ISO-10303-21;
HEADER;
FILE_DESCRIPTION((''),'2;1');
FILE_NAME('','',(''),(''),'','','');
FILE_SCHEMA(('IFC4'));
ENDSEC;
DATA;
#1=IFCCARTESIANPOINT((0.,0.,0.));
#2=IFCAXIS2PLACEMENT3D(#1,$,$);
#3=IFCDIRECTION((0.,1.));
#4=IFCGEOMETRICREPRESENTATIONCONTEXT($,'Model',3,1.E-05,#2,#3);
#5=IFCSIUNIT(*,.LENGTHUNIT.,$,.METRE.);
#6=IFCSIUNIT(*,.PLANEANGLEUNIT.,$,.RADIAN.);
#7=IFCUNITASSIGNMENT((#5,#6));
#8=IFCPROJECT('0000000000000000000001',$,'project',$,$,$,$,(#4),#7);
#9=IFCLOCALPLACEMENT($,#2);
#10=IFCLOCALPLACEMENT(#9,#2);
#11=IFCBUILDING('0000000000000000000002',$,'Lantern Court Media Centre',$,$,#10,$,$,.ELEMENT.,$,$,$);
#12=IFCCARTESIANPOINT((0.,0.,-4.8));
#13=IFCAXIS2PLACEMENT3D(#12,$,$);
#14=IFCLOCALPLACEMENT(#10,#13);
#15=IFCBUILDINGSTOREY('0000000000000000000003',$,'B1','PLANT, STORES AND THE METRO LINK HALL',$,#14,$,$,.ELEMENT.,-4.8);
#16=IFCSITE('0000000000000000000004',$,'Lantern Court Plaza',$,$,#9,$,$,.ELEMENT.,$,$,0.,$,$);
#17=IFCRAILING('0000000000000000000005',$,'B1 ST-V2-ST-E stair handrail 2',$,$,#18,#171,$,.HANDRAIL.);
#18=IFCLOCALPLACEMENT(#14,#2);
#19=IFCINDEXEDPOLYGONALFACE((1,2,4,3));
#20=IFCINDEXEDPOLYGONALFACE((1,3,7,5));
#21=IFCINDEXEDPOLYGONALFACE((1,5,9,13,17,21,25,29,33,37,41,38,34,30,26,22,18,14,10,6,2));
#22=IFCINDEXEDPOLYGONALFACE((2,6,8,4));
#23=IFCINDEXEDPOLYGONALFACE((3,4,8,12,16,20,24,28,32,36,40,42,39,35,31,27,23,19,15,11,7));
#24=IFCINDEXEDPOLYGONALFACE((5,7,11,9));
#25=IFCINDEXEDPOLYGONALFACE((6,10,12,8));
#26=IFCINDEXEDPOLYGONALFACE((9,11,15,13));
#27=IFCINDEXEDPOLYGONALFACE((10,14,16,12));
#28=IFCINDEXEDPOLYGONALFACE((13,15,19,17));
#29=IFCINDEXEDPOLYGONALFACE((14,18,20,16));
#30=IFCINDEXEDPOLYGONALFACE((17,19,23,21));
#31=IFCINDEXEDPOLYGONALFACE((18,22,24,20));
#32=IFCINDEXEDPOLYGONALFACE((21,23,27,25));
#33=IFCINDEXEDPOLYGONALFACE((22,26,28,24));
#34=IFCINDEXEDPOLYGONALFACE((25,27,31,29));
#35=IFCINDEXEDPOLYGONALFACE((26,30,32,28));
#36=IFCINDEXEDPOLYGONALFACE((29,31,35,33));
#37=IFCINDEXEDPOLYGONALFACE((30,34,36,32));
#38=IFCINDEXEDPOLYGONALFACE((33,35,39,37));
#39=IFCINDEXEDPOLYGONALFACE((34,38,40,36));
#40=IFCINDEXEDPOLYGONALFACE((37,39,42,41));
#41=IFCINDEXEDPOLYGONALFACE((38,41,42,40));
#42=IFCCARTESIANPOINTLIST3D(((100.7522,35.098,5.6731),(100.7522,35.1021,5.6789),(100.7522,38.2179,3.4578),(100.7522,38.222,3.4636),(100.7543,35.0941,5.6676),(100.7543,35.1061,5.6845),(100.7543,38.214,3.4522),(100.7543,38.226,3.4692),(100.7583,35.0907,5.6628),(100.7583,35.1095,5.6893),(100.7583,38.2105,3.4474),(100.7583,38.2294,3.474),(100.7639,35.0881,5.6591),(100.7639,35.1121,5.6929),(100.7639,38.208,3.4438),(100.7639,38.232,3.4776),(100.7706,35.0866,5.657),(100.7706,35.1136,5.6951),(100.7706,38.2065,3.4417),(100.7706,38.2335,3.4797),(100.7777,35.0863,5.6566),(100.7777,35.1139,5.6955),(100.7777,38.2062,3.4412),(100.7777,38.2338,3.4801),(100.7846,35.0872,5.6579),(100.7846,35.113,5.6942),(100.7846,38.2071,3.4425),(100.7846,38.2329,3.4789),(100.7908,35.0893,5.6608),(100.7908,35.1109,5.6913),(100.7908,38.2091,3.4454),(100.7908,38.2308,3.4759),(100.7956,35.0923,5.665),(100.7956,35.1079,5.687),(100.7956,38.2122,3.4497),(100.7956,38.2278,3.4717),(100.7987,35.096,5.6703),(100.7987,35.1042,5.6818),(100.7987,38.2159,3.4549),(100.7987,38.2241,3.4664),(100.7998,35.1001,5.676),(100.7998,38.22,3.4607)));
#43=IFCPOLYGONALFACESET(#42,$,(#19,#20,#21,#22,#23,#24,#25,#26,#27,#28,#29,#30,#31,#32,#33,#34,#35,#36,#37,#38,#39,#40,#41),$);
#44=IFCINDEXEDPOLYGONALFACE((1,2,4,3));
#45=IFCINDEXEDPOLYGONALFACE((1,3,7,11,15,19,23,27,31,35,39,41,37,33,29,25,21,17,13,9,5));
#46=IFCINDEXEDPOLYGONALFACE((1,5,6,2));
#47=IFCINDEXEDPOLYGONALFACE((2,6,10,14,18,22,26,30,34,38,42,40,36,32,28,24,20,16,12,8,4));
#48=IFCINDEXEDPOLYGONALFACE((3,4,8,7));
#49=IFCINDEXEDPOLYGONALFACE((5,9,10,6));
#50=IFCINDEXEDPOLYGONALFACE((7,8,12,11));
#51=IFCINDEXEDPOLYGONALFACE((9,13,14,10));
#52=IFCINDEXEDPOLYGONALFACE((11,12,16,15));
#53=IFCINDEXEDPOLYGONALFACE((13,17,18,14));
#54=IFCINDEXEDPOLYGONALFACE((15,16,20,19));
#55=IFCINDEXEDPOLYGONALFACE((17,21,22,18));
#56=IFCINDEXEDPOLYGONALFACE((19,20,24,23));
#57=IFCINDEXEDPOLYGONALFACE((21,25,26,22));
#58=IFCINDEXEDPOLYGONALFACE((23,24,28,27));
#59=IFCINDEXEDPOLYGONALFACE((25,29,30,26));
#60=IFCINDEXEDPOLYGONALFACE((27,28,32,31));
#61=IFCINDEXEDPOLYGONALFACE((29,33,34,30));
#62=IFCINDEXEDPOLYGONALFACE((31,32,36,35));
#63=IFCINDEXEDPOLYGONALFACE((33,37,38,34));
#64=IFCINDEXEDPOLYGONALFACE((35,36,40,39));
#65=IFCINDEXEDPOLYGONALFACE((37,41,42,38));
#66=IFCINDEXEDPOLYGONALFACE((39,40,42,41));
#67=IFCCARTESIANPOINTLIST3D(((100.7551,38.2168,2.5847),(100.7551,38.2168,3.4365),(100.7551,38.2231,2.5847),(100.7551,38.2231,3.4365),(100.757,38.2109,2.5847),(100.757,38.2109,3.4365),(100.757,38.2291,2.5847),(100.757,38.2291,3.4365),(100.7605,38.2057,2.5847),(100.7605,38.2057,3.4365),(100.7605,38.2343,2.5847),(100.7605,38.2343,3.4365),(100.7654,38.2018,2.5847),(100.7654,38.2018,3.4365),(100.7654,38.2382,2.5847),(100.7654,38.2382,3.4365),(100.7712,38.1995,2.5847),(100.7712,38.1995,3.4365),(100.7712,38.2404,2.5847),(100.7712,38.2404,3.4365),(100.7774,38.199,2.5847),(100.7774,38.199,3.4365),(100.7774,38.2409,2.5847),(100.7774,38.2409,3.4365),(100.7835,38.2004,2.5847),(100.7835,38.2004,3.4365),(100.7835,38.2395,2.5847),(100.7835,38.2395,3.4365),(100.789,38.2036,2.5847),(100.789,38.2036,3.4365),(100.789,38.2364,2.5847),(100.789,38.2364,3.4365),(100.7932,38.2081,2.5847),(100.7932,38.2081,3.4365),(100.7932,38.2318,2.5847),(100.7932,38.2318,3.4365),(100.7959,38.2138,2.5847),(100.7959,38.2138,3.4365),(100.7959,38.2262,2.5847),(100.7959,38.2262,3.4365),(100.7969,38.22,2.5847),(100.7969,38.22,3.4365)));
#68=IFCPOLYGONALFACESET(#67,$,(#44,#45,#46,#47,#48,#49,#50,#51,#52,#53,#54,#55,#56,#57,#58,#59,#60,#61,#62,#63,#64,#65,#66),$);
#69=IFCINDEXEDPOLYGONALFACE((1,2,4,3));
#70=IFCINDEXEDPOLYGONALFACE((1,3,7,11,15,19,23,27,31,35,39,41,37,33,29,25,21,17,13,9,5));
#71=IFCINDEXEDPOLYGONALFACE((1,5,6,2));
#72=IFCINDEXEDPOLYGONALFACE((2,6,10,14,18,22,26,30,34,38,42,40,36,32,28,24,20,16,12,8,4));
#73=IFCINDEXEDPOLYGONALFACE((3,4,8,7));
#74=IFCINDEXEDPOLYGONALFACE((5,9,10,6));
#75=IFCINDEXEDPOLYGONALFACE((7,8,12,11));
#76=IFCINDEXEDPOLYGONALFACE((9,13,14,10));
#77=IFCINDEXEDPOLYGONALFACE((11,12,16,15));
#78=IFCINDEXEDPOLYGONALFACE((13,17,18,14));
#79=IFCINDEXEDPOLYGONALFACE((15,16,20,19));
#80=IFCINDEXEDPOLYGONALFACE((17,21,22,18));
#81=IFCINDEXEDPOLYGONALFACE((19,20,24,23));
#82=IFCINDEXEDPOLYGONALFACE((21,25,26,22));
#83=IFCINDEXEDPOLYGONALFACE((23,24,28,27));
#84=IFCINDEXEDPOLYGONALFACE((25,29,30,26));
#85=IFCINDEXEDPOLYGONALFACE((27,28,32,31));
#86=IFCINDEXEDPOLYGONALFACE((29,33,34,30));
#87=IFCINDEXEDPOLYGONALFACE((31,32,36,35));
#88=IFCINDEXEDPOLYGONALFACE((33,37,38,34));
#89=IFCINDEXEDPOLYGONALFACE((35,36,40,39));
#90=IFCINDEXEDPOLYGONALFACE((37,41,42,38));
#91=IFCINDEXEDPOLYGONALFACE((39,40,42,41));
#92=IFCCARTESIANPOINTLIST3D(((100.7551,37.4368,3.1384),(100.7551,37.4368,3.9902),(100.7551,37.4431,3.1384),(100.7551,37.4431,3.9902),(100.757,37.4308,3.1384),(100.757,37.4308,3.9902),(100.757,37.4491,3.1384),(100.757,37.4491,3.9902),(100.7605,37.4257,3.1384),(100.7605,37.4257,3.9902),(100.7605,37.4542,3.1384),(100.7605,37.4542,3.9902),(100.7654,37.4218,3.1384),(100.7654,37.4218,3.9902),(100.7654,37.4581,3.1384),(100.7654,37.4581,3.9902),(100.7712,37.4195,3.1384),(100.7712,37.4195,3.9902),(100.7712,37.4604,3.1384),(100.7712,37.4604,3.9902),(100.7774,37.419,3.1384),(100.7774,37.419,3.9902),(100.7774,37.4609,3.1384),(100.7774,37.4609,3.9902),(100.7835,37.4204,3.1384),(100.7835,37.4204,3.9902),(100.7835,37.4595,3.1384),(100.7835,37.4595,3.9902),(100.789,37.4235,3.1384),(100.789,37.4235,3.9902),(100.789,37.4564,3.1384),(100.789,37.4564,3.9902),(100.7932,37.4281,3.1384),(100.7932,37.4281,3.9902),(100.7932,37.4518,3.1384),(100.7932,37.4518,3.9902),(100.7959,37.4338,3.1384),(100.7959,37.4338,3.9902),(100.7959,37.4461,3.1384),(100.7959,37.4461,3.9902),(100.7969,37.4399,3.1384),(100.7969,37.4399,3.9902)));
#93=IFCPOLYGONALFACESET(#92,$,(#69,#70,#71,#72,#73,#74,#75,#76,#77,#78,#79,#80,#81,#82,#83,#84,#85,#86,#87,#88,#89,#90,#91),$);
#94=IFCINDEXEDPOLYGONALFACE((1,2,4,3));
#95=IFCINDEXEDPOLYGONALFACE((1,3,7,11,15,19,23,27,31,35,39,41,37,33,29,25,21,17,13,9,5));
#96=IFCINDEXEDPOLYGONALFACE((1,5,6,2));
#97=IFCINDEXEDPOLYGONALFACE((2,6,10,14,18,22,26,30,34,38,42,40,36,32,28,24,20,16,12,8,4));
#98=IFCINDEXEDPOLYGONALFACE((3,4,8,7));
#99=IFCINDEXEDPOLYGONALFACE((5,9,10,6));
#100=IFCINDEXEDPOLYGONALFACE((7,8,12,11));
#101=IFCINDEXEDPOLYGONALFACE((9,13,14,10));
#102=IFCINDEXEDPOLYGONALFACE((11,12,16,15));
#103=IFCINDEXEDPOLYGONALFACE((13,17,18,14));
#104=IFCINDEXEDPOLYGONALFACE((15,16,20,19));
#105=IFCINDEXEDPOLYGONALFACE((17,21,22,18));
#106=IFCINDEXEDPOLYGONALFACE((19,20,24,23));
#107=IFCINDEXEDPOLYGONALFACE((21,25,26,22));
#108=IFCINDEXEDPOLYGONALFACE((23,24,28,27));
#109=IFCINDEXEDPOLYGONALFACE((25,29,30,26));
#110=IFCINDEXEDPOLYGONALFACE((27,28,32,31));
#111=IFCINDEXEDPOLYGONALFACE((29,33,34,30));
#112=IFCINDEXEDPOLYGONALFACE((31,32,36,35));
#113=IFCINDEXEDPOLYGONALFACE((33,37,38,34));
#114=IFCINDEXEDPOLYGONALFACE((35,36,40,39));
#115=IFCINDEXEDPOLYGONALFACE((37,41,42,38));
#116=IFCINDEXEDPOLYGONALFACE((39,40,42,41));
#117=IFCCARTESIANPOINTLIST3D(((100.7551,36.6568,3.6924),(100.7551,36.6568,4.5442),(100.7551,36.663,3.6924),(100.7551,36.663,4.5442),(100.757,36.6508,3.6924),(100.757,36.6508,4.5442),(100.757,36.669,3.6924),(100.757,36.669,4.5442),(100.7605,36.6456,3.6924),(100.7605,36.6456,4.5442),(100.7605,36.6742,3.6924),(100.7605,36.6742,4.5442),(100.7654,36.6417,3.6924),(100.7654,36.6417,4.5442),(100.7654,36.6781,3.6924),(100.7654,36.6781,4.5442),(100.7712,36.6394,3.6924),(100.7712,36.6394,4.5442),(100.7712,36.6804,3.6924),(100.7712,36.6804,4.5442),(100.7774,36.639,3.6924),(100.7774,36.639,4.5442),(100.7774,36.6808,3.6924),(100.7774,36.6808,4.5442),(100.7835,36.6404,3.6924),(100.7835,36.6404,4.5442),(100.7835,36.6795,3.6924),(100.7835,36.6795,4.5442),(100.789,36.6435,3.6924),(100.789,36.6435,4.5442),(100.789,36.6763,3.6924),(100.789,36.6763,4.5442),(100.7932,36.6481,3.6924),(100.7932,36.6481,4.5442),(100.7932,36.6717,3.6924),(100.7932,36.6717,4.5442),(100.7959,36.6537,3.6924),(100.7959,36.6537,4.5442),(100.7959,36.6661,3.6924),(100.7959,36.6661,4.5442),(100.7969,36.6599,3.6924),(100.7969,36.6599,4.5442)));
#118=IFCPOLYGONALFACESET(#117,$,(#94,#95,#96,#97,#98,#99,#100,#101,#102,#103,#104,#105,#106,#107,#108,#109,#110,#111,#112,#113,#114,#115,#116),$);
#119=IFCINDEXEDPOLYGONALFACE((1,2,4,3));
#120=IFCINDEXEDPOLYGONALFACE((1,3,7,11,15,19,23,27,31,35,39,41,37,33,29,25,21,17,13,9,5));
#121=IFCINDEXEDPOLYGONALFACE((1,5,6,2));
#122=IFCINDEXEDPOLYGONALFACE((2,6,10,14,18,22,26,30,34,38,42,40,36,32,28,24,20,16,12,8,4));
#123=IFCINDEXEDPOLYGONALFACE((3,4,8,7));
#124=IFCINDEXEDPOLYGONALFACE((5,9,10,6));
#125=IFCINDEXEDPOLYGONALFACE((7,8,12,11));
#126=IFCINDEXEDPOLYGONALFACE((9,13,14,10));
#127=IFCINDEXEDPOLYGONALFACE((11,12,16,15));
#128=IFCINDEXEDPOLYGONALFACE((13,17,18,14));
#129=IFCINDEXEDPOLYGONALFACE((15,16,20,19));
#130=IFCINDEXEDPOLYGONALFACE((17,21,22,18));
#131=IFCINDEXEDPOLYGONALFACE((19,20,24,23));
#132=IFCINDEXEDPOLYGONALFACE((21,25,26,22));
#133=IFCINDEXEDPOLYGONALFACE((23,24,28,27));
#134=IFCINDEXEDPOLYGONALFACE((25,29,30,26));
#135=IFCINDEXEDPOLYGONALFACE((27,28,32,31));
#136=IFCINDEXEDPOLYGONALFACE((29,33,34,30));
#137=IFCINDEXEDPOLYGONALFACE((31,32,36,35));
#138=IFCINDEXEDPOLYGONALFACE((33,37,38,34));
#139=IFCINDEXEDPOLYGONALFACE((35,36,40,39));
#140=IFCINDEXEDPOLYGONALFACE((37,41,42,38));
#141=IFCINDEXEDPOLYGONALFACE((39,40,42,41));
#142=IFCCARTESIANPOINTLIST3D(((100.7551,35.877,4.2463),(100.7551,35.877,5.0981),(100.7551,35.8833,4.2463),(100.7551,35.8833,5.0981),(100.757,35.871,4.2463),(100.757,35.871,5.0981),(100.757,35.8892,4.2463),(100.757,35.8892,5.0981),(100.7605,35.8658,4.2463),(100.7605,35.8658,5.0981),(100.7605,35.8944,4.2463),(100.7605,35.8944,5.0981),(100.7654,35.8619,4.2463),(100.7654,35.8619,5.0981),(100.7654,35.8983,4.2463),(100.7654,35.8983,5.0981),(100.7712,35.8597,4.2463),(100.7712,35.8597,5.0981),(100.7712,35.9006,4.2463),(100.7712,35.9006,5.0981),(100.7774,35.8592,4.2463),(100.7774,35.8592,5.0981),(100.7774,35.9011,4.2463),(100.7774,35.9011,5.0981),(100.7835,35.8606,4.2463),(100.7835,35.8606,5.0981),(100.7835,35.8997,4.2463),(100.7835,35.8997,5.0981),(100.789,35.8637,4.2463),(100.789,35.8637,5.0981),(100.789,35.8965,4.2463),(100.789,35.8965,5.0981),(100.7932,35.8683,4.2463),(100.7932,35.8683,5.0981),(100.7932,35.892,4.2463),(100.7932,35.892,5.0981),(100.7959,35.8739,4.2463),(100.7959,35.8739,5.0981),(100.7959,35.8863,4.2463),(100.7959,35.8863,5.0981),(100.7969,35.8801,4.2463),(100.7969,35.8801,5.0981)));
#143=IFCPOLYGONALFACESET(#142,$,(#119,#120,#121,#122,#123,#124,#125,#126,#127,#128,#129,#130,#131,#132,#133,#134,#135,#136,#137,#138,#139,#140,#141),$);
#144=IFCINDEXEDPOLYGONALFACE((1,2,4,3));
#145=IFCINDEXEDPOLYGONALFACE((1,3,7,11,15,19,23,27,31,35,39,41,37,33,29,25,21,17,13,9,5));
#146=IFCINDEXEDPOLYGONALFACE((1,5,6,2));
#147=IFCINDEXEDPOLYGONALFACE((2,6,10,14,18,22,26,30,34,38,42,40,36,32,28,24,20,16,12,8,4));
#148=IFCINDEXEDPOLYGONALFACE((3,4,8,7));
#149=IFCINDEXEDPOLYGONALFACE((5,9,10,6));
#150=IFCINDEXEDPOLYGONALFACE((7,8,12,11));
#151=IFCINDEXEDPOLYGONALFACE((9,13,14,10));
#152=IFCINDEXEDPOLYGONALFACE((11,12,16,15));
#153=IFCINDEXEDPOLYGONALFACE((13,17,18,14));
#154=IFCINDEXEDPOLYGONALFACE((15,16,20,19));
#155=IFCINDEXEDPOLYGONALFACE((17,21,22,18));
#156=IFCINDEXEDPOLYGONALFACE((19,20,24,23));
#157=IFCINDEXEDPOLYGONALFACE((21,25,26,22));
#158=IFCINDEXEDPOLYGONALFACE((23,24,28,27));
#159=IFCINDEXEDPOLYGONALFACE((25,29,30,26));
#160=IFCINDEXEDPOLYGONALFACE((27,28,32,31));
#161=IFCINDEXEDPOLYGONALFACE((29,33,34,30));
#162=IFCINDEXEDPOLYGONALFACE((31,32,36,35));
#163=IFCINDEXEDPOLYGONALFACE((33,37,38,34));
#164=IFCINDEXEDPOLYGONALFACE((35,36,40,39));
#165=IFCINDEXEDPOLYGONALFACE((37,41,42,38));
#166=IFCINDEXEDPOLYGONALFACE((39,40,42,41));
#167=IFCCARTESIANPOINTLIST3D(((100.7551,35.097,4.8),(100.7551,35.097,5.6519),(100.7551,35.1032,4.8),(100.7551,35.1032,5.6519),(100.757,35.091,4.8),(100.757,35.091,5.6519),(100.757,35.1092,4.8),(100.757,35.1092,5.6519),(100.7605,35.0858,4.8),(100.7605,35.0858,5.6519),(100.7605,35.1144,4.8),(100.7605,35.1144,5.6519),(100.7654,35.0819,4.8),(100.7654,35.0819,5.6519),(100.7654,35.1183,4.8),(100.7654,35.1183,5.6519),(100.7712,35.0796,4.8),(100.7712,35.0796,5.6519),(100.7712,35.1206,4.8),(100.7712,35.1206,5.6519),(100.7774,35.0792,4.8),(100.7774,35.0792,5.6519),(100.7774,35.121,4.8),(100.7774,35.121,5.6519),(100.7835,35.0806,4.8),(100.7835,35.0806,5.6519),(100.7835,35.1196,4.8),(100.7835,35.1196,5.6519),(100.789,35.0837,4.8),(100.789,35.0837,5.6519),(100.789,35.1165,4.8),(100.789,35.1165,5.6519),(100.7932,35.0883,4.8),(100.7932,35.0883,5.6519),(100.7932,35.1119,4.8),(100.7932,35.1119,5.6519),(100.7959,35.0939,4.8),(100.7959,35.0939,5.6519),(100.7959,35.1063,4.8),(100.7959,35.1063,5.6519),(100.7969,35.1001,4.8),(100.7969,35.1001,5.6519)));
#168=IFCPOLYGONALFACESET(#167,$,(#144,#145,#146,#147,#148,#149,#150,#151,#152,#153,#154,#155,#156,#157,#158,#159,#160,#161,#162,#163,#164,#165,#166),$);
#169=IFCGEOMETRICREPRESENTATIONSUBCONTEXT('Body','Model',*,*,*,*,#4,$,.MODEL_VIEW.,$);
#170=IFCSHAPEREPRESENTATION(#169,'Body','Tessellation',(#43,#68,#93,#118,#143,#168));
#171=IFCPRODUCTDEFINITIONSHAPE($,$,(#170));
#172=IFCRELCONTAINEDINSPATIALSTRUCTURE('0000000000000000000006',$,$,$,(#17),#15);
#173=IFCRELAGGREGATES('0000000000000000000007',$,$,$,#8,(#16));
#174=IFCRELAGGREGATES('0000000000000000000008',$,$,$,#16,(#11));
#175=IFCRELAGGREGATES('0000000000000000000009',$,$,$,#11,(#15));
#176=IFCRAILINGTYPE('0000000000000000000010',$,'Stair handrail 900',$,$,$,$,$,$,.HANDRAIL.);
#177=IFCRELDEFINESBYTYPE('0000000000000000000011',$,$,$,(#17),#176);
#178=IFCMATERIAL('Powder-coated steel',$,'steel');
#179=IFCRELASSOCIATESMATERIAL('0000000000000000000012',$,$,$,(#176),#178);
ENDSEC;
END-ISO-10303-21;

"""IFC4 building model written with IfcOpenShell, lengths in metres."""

from ifc_helpers import new_model, si_unit, direction, frame, origin, origin_2d, place, context, subcontext, project, spatial, circle, extrude, material, type_object, element, save


model = new_model("IFC4")

# Units and contexts
model_context = context("Model", 3, precision=1e-05, world=origin(), true_north=direction((0.0, 1.0)))
body_context = subcontext(model_context, "Body", "Model", "MODEL_VIEW")
ifc_project = project(units=[si_unit("LENGTHUNIT", "METRE"), si_unit("PLANEANGLEUNIT", "RADIAN")], contexts=[model_context])

# Site, building, storey
site_placement = place(None, origin())
site = spatial("IfcSite", under=ifc_project, at=site_placement, Name="Lantern Court Plaza", CompositionType="ELEMENT", RefElevation=0.0)
building_placement = place(site_placement, origin())
building = spatial("IfcBuilding", under=site, at=building_placement, Name="Lantern Court Media Centre", CompositionType="ELEMENT")
storey_placement = place(building_placement, frame((0.0, 0.0, -4.8)))
storey = spatial("IfcBuildingStorey", under=building, at=storey_placement, Name="B1", Description="PLANT, STORES AND THE METRO LINK HALL", CompositionType="ELEMENT", Elevation=-4.8)

# Railing
ifc_material_1 = material(Name="Powder-coated steel", Category="steel")
railing_type_1 = type_object("IfcRailingType", Name="Stair handrail 900", PredefinedType="HANDRAIL", material=ifc_material_1)
railing_1_placement = place(storey_placement, frame((100.7759, 38.22, 2.5847)))
element("IfcRailing", 1, at=railing_1_placement, inside=storey, type_object=railing_type_1, Name="B1 ST-V2-ST-E stair handrail 2", PredefinedType="HANDRAIL", context=body_context, shape_type="SweptSolid", body=[
    extrude(circle(Radius=0.0239, at=origin_2d()), frame((0.0, 0.0, 0.876), z_axis=(0.0, -0.815356, 0.578961), x_axis=(1.0, 0.0, 0.0)), (0.0, 0.0, 1.0), 3.8264),
    extrude(circle(Radius=0.021, at=origin_2d()), origin(), (0.0, 0.0, 1.0), 0.8518),
    extrude(circle(Radius=0.021, at=origin_2d()), frame((0.0, -0.78, 0.5537)), (0.0, 0.0, 1.0), 0.8518),
    extrude(circle(Radius=0.021, at=origin_2d()), frame((0.0, -1.5601, 1.1077)), (0.0, 0.0, 1.0), 0.8518),
    extrude(circle(Radius=0.021, at=origin_2d()), frame((0.0, -2.3398, 1.6616)), (0.0, 0.0, 1.0), 0.8518),
    extrude(circle(Radius=0.021, at=origin_2d()), frame((0.0, -3.1199, 2.2153)), (0.0, 0.0, 1.0), 0.8518),
])

save(model, "model.ifc")
